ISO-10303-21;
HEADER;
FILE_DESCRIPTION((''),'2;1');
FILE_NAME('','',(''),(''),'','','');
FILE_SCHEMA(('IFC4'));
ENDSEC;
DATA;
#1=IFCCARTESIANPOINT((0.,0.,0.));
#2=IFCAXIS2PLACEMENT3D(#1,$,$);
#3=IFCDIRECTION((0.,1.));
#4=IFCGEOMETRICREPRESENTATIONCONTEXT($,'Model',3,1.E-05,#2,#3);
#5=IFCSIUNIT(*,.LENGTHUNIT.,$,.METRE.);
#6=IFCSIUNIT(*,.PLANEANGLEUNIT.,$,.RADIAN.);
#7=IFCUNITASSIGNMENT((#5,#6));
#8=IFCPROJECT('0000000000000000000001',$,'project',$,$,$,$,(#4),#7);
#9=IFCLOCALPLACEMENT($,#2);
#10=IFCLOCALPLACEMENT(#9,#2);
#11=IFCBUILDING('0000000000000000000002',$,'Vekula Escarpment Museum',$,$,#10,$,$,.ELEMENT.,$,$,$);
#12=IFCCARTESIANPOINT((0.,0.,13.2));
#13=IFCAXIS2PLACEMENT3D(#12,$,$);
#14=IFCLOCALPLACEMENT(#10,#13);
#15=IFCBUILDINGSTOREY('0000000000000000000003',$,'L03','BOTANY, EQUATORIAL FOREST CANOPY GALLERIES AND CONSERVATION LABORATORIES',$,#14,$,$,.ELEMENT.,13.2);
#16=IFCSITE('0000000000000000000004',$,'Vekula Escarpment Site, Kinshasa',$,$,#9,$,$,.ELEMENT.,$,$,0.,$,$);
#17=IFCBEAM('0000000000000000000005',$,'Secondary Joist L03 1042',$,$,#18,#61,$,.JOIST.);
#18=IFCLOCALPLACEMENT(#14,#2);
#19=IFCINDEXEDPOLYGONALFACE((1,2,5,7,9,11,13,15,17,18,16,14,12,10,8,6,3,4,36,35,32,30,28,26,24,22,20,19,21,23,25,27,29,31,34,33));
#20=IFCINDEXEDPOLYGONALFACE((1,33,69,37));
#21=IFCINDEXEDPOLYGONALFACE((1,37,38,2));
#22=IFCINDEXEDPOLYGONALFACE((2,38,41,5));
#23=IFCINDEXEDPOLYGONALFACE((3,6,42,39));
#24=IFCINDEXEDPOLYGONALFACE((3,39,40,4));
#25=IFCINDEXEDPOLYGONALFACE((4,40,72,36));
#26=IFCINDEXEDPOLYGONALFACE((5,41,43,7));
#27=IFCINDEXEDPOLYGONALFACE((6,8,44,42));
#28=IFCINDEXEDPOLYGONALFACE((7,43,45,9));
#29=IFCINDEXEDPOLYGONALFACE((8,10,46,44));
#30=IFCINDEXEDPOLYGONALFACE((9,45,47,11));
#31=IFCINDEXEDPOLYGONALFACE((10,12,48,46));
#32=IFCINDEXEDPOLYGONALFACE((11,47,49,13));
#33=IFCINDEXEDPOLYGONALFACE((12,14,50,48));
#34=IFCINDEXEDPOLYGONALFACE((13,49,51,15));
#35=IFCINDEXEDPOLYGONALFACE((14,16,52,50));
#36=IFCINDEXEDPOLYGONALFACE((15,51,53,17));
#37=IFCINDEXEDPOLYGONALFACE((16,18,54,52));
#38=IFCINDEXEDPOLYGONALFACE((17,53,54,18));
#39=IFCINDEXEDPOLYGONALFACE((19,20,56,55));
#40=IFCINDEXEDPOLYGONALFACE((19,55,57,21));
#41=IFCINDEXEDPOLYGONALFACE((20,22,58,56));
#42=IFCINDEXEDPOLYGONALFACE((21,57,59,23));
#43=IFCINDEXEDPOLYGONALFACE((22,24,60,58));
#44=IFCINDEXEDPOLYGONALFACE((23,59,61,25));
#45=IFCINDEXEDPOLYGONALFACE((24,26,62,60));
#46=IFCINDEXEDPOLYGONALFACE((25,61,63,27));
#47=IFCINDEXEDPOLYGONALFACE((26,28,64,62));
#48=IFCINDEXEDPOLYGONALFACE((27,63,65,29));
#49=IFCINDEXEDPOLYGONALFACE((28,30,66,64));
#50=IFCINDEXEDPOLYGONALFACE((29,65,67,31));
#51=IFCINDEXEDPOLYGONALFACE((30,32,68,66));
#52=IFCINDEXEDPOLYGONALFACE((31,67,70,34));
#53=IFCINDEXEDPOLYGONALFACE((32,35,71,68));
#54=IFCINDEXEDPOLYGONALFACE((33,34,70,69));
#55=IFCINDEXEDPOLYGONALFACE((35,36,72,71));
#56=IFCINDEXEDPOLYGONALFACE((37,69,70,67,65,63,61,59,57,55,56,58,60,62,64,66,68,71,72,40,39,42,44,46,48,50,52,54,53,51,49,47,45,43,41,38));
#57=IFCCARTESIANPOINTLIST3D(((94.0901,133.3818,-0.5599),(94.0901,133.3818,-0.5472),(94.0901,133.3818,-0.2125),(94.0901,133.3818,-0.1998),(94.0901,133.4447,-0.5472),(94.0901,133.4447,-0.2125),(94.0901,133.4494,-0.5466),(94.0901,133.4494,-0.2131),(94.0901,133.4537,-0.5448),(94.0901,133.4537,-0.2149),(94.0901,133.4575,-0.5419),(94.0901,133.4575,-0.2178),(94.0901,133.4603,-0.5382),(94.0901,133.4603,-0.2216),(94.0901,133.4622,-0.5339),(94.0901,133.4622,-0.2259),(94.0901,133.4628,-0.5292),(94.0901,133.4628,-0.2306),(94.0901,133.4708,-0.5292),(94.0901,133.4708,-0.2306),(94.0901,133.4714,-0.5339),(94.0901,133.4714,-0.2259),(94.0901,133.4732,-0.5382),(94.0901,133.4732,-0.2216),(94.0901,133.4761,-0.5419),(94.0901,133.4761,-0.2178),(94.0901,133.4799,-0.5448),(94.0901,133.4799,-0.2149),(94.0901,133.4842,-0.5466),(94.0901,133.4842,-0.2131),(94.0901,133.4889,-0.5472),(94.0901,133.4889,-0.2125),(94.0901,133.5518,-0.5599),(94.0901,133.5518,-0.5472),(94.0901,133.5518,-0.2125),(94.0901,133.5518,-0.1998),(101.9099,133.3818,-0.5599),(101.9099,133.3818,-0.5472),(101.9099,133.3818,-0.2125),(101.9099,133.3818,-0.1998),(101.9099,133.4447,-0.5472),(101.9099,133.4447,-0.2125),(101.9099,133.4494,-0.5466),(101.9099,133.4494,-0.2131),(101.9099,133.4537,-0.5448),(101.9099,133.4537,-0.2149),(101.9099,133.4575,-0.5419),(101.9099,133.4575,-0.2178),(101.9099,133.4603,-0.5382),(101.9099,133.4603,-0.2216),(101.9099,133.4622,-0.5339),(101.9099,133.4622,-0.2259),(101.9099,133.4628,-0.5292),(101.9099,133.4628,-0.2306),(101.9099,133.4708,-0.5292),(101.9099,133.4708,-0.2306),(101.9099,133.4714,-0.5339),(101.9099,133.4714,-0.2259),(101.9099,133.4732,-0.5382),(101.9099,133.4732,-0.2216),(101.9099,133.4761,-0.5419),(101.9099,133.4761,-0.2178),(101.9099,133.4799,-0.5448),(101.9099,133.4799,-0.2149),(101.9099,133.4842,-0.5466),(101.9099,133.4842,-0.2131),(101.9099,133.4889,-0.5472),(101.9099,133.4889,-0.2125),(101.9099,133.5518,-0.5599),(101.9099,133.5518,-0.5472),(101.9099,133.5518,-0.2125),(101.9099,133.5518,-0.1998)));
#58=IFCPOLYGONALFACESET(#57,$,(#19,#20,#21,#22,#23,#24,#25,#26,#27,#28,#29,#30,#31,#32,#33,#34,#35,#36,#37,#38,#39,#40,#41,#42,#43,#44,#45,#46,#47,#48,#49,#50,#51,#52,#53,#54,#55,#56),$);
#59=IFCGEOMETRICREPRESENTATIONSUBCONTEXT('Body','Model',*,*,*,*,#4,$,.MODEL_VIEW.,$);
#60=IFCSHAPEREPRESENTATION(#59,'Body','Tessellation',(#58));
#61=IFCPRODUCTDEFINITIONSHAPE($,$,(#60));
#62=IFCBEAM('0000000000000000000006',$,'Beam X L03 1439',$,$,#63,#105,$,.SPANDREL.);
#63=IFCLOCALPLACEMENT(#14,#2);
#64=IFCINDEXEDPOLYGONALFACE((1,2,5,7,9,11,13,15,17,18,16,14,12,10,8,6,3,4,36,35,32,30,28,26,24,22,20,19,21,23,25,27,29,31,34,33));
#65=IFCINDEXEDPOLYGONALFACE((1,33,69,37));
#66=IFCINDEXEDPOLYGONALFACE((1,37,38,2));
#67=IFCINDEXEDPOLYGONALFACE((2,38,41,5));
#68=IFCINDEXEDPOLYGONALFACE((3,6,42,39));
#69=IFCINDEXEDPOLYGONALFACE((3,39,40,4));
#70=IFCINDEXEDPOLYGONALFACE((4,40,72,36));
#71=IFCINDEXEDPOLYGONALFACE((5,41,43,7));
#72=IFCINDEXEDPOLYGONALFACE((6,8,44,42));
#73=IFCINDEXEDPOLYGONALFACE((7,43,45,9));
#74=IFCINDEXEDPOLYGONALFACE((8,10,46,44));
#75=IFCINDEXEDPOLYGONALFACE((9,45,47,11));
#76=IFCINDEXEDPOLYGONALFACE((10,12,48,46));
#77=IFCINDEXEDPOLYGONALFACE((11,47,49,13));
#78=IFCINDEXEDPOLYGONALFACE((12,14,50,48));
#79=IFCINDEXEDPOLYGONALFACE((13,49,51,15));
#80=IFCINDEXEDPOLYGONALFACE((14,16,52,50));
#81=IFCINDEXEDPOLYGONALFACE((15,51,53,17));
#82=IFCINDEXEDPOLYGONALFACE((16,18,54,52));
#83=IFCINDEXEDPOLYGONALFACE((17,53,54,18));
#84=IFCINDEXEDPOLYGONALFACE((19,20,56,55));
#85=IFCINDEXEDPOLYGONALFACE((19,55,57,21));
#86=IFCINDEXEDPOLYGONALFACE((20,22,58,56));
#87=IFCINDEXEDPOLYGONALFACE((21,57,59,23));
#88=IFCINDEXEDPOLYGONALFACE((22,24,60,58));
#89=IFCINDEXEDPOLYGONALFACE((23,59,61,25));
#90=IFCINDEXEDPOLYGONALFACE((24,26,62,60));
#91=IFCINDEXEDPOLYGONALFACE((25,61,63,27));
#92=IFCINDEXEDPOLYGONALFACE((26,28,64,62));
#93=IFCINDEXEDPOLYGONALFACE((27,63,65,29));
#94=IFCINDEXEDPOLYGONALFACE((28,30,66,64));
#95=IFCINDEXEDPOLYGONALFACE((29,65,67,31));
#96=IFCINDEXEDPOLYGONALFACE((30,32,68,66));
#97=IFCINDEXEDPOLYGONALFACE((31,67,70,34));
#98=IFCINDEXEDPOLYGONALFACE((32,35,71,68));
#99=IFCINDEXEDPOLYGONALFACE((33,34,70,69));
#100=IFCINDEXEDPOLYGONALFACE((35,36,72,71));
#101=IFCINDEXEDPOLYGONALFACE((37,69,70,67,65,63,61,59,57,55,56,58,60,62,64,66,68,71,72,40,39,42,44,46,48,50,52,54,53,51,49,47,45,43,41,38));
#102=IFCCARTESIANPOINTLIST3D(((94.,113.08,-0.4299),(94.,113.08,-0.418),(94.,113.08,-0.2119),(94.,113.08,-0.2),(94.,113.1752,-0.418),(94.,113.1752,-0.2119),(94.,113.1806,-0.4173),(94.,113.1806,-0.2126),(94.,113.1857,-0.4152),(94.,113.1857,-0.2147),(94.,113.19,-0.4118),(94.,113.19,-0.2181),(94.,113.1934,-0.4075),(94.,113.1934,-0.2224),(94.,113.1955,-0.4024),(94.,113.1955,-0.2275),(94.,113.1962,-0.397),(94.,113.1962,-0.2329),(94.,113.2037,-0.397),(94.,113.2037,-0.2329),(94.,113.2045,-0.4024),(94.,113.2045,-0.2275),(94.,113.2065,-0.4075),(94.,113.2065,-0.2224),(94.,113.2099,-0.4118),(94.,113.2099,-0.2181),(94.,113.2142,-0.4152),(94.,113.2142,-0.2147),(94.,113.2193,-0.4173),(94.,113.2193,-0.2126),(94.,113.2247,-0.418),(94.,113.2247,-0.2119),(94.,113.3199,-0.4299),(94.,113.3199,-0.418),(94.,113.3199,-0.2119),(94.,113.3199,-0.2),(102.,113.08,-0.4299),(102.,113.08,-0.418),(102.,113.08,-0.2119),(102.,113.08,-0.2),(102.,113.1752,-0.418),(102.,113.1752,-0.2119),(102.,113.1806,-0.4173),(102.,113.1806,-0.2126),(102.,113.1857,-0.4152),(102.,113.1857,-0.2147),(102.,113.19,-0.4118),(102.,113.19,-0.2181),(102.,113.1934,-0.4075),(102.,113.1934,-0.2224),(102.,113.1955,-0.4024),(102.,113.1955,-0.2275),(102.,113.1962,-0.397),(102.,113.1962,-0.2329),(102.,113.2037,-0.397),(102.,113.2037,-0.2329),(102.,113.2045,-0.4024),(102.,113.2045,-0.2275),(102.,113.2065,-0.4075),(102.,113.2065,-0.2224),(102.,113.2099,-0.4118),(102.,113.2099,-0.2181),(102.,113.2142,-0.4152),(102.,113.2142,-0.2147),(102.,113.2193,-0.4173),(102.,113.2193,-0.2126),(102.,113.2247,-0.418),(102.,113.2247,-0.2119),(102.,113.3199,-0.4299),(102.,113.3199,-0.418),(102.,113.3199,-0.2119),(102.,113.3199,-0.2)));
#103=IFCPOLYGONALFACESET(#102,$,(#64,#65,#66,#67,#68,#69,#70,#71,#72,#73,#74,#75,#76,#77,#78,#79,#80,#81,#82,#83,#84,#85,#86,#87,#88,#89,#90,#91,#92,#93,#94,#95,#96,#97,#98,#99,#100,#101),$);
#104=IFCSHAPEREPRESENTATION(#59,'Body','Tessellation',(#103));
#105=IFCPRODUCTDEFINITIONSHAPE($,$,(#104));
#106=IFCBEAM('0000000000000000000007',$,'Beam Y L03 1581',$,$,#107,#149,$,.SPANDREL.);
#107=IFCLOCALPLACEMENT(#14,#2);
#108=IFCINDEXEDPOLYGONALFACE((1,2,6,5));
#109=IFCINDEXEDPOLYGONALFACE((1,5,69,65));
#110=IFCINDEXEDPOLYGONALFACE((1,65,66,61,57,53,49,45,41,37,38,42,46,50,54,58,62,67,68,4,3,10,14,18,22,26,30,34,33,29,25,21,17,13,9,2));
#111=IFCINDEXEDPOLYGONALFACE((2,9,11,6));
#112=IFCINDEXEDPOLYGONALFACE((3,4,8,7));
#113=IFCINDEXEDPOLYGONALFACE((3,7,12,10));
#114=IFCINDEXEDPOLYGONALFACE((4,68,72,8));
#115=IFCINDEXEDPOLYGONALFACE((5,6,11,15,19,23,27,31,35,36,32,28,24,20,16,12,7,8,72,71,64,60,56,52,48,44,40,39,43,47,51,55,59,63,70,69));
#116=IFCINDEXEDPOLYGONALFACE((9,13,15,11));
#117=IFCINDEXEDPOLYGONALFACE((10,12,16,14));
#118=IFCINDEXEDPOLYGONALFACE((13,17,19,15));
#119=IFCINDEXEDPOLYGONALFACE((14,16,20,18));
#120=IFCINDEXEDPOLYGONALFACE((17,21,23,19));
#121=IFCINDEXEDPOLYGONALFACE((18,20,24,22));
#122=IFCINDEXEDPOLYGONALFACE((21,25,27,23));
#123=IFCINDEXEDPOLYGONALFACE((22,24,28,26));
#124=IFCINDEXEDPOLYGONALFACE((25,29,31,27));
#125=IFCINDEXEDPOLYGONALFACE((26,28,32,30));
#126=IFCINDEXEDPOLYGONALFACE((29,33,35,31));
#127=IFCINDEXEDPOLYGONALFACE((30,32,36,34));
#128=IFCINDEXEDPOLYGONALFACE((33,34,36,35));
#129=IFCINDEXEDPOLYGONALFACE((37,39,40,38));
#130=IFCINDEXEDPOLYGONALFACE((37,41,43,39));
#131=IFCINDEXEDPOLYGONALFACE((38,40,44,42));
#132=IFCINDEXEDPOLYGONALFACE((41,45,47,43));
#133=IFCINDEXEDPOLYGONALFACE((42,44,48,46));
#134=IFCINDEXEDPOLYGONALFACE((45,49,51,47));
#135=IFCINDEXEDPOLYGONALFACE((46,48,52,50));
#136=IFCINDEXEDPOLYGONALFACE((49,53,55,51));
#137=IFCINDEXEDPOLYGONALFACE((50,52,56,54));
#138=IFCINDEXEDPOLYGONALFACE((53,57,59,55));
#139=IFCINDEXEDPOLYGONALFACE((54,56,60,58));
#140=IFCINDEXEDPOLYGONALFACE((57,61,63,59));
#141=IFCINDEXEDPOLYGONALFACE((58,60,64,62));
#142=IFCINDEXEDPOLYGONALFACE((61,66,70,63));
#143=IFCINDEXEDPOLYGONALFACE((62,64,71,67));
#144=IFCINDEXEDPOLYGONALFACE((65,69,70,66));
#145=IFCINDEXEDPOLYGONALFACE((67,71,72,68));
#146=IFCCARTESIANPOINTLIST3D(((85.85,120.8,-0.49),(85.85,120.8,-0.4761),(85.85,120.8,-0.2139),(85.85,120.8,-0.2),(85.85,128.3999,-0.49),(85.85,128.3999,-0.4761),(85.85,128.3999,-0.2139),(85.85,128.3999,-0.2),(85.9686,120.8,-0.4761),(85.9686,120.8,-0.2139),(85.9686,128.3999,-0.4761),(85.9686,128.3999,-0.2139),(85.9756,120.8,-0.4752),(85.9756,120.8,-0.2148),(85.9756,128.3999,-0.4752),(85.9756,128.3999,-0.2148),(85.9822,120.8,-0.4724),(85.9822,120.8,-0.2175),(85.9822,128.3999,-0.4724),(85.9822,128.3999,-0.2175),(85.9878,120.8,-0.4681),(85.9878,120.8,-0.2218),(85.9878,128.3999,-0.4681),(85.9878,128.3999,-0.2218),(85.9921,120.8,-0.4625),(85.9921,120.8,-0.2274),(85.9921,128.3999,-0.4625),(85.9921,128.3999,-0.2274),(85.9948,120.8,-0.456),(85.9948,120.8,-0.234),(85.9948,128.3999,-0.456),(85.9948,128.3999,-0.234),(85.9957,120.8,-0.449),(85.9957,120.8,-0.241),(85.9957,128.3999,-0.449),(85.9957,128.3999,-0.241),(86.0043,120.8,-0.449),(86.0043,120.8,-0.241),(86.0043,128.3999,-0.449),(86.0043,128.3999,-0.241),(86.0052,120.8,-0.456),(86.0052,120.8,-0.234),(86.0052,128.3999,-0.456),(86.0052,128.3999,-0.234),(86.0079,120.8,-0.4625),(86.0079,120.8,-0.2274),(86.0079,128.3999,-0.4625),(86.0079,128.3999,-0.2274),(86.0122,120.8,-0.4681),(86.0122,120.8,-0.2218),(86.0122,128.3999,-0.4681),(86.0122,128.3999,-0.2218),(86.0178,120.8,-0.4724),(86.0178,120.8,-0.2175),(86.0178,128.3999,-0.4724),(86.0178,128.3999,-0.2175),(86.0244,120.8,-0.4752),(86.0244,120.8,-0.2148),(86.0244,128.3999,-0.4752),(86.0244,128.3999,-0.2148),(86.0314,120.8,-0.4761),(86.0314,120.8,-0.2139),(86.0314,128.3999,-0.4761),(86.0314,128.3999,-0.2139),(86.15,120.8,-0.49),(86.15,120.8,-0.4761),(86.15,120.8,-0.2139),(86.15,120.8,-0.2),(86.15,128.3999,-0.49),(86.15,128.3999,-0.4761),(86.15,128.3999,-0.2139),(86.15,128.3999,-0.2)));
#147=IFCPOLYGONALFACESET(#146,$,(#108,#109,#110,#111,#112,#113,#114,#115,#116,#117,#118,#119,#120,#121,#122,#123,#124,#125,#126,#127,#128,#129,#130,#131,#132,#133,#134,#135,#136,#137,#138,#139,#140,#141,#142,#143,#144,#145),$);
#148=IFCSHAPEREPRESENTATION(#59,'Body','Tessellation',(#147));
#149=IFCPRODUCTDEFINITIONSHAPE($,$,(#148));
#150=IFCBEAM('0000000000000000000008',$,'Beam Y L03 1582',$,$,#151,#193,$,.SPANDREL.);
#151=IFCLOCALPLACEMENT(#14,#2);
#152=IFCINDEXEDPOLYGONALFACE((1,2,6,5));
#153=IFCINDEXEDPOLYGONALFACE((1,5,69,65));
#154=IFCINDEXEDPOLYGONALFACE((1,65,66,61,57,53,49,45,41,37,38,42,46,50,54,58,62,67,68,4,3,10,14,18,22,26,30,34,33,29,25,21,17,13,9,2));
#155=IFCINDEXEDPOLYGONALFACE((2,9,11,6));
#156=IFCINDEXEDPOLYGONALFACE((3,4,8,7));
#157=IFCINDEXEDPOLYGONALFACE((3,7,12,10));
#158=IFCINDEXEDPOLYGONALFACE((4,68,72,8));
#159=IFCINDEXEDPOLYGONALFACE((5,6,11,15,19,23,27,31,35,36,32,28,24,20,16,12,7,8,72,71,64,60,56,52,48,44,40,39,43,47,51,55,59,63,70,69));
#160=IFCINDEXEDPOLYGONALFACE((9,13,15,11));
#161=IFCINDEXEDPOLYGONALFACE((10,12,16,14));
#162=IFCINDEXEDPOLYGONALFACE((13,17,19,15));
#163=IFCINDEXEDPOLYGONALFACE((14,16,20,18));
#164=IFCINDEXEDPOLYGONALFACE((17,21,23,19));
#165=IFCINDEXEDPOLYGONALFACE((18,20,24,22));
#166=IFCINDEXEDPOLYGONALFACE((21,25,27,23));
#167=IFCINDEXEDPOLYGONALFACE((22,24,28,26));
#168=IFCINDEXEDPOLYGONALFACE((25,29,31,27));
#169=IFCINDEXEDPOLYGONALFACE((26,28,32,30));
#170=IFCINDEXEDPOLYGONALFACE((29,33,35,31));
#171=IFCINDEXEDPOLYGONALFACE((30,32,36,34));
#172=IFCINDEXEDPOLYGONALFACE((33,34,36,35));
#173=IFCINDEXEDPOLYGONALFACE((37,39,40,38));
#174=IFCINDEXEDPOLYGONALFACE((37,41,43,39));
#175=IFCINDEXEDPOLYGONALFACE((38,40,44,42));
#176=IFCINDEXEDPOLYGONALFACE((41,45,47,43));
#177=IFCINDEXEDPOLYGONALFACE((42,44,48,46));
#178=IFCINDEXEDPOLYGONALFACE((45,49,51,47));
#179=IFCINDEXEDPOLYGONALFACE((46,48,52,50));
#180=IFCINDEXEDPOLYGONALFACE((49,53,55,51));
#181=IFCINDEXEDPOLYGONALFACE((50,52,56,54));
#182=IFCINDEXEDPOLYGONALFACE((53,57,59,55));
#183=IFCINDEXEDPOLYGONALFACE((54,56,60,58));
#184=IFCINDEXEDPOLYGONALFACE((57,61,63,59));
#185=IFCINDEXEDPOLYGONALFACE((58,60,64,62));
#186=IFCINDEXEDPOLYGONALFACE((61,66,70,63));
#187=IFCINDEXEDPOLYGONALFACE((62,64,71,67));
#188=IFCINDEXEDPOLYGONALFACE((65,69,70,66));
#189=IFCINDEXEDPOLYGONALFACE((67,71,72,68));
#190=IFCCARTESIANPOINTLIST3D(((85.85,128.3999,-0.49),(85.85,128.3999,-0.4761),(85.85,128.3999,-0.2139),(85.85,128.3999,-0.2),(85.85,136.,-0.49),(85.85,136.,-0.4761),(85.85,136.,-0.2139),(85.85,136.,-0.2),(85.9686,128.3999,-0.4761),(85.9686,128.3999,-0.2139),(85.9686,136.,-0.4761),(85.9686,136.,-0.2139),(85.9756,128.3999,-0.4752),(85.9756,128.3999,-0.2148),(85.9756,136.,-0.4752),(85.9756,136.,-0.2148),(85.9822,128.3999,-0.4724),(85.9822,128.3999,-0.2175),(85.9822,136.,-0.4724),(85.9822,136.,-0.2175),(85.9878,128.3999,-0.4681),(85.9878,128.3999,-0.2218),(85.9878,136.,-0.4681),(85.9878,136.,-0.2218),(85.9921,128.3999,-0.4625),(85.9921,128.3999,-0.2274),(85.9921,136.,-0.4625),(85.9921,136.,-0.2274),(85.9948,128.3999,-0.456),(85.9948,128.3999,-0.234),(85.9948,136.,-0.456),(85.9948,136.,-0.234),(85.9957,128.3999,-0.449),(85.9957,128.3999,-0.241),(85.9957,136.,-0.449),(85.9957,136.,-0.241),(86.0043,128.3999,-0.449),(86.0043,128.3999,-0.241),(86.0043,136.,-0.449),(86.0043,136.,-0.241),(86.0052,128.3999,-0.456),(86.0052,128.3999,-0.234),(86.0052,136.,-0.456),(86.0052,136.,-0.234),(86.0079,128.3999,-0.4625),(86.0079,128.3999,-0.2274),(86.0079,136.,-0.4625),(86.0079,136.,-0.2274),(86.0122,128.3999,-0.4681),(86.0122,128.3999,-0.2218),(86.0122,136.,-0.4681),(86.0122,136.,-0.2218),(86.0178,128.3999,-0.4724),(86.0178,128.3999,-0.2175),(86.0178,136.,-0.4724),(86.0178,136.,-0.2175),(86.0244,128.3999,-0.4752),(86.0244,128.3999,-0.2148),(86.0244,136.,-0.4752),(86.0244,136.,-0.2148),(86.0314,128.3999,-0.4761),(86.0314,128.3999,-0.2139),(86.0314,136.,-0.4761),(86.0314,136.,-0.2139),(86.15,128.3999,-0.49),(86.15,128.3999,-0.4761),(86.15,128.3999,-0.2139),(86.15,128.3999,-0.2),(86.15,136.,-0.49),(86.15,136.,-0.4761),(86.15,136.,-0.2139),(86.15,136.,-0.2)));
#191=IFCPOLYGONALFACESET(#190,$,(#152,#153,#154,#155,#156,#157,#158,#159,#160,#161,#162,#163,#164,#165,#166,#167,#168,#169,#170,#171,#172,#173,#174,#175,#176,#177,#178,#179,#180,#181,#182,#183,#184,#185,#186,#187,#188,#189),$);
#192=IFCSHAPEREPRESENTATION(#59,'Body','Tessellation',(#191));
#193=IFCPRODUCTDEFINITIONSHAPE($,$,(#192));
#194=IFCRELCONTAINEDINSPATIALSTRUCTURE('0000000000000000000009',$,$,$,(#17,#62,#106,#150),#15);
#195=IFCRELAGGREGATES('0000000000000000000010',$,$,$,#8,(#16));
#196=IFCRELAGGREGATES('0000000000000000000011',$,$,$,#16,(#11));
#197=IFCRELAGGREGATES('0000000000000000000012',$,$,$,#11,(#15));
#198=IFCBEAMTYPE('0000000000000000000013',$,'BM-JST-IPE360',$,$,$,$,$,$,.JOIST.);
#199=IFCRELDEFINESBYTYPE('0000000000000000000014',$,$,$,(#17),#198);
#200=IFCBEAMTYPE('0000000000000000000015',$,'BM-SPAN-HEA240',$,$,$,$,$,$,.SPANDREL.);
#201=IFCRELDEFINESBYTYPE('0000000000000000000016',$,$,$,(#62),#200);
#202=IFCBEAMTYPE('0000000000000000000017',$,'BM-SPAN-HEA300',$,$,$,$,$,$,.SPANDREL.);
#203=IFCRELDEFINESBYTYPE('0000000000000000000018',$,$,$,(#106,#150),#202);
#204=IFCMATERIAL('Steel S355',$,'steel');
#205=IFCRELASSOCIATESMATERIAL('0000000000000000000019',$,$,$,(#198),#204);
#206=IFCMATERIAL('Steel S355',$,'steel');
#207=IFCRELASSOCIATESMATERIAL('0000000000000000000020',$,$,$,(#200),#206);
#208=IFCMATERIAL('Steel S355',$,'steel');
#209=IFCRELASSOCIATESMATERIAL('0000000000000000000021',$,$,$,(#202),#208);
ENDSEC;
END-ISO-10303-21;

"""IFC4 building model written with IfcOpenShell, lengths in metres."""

from ifc_helpers import new_model, si_unit, direction, frame, origin, origin_2d, place, context, subcontext, project, spatial, i_section, extrude, material, material_profile, profile_set, type_object, element, save


model = new_model("IFC4")

# Units and contexts
model_context = context("Model", 3, precision=1e-05, world=origin(), true_north=direction((0.0, 1.0)))
body_context = subcontext(model_context, "Body", "Model", "MODEL_VIEW")
ifc_project = project(units=[si_unit("LENGTHUNIT", "METRE"), si_unit("PLANEANGLEUNIT", "RADIAN")], contexts=[model_context])

# Site, building, storey
site_placement = place(None, origin())
site = spatial("IfcSite", under=ifc_project, at=site_placement, Name="Vekula Escarpment Site, Kinshasa", CompositionType="ELEMENT", RefElevation=0.0)
building_placement = place(site_placement, origin())
building = spatial("IfcBuilding", under=site, at=building_placement, Name="Vekula Escarpment Museum", CompositionType="ELEMENT")
storey_placement = place(building_placement, frame((0.0, 0.0, 13.2)))
storey = spatial("IfcBuildingStorey", under=building, at=storey_placement, Name="L03", Description="BOTANY, EQUATORIAL FOREST CANOPY GALLERIES AND CONSERVATION LABORATORIES", CompositionType="ELEMENT", Elevation=13.2)

# Beams
ifc_material_1 = material(Name="Steel S355", Category="steel")
ifc_material_profile_1 = material_profile(ifc_material_1, i_section(OverallWidth=0.1699, OverallDepth=0.3601, WebThickness=0.0081, FlangeThickness=0.0127, FilletRadius=0.0181, at=origin_2d()), Name="IPE 360")
ifc_profile_set_1 = profile_set([ifc_material_profile_1], Name="Steel S355")
beam_type_1 = type_object("IfcBeamType", Name="BM-JST-IPE360", PredefinedType="JOIST", material=ifc_profile_set_1)
for number, where, z_axis, x_axis, name in (
    (1, (94.0901, 133.4668, -0.3799), (1.0, 0.0, 0.0), (0.0, 1.0, 0.0), "Secondary Joist L03 1042"),
):
    element("IfcBeam", number, at=place(storey_placement, frame(where, z_axis=z_axis, x_axis=x_axis)), inside=storey, type_object=beam_type_1, Name=name, PredefinedType="JOIST", context=body_context, shape_type="SweptSolid", body=[
        extrude(i_section(OverallWidth=0.1699, OverallDepth=0.3601, WebThickness=0.0081, FlangeThickness=0.0127, FilletRadius=0.0181, at=origin_2d()), origin(), (0.0, 0.0, 1.0), 7.8198),
    ])
ifc_material_2 = material(Name="Steel S355", Category="steel")
ifc_material_profile_2 = material_profile(ifc_material_2, i_section(OverallWidth=0.24, OverallDepth=0.23, WebThickness=0.0076, FlangeThickness=0.012, FilletRadius=0.021, at=origin_2d()), Name="HEA 240")
ifc_profile_set_2 = profile_set([ifc_material_profile_2], Name="Steel S355")
beam_type_2 = type_object("IfcBeamType", Name="BM-SPAN-HEA240", PredefinedType="SPANDREL", material=ifc_profile_set_2)
beam_1_placement = place(storey_placement, frame((94.0, 113.2, -0.3149), z_axis=(1.0, 0.0, 0.0), x_axis=(0.0, 1.0, 0.0)))
element("IfcBeam", 2, at=beam_1_placement, inside=storey, type_object=beam_type_2, Name="Beam X L03 1439", PredefinedType="SPANDREL", context=body_context, shape_type="SweptSolid", body=[
    extrude(i_section(OverallWidth=0.24, OverallDepth=0.23, WebThickness=0.0076, FlangeThickness=0.012, FilletRadius=0.021, at=origin_2d()), origin(), (0.0, 0.0, 1.0), 8.0),
])
ifc_material_3 = material(Name="Steel S355", Category="steel")
ifc_material_profile_3 = material_profile(ifc_material_3, i_section(OverallWidth=0.3, OverallDepth=0.29, WebThickness=0.0085, FlangeThickness=0.0139, FilletRadius=0.0271, at=origin_2d()), Name="HEA 300")
ifc_profile_set_3 = profile_set([ifc_material_profile_3], Name="Steel S355")
beam_type_3 = type_object("IfcBeamType", Name="BM-SPAN-HEA300", PredefinedType="SPANDREL", material=ifc_profile_set_3)
beam_2_placement = place(storey_placement, frame((86.0, 120.8, -0.345), z_axis=(0.0, 1.0, 0.0), x_axis=(-1.0, 0.0, 0.0)))
element("IfcBeam", 3, at=beam_2_placement, inside=storey, type_object=beam_type_3, Name="Beam Y L03 1581", PredefinedType="SPANDREL", context=body_context, shape_type="SweptSolid", body=[
    extrude(i_section(OverallWidth=0.3, OverallDepth=0.29, WebThickness=0.0085, FlangeThickness=0.0139, FilletRadius=0.0271, at=origin_2d()), origin(), (0.0, 0.0, 1.0), 7.5999),
])
beam_3_placement = place(storey_placement, frame((86.0, 128.3999, -0.345), z_axis=(0.0, 1.0, 0.0), x_axis=(-1.0, 0.0, 0.0)))
element("IfcBeam", 4, at=beam_3_placement, inside=storey, type_object=beam_type_3, Name="Beam Y L03 1582", PredefinedType="SPANDREL", context=body_context, shape_type="SweptSolid", body=[
    extrude(i_section(OverallWidth=0.3, OverallDepth=0.29, WebThickness=0.0085, FlangeThickness=0.0139, FilletRadius=0.0271, at=origin_2d()), origin(), (0.0, 0.0, 1.0), 7.6001),
])

save(model, "model.ifc")
